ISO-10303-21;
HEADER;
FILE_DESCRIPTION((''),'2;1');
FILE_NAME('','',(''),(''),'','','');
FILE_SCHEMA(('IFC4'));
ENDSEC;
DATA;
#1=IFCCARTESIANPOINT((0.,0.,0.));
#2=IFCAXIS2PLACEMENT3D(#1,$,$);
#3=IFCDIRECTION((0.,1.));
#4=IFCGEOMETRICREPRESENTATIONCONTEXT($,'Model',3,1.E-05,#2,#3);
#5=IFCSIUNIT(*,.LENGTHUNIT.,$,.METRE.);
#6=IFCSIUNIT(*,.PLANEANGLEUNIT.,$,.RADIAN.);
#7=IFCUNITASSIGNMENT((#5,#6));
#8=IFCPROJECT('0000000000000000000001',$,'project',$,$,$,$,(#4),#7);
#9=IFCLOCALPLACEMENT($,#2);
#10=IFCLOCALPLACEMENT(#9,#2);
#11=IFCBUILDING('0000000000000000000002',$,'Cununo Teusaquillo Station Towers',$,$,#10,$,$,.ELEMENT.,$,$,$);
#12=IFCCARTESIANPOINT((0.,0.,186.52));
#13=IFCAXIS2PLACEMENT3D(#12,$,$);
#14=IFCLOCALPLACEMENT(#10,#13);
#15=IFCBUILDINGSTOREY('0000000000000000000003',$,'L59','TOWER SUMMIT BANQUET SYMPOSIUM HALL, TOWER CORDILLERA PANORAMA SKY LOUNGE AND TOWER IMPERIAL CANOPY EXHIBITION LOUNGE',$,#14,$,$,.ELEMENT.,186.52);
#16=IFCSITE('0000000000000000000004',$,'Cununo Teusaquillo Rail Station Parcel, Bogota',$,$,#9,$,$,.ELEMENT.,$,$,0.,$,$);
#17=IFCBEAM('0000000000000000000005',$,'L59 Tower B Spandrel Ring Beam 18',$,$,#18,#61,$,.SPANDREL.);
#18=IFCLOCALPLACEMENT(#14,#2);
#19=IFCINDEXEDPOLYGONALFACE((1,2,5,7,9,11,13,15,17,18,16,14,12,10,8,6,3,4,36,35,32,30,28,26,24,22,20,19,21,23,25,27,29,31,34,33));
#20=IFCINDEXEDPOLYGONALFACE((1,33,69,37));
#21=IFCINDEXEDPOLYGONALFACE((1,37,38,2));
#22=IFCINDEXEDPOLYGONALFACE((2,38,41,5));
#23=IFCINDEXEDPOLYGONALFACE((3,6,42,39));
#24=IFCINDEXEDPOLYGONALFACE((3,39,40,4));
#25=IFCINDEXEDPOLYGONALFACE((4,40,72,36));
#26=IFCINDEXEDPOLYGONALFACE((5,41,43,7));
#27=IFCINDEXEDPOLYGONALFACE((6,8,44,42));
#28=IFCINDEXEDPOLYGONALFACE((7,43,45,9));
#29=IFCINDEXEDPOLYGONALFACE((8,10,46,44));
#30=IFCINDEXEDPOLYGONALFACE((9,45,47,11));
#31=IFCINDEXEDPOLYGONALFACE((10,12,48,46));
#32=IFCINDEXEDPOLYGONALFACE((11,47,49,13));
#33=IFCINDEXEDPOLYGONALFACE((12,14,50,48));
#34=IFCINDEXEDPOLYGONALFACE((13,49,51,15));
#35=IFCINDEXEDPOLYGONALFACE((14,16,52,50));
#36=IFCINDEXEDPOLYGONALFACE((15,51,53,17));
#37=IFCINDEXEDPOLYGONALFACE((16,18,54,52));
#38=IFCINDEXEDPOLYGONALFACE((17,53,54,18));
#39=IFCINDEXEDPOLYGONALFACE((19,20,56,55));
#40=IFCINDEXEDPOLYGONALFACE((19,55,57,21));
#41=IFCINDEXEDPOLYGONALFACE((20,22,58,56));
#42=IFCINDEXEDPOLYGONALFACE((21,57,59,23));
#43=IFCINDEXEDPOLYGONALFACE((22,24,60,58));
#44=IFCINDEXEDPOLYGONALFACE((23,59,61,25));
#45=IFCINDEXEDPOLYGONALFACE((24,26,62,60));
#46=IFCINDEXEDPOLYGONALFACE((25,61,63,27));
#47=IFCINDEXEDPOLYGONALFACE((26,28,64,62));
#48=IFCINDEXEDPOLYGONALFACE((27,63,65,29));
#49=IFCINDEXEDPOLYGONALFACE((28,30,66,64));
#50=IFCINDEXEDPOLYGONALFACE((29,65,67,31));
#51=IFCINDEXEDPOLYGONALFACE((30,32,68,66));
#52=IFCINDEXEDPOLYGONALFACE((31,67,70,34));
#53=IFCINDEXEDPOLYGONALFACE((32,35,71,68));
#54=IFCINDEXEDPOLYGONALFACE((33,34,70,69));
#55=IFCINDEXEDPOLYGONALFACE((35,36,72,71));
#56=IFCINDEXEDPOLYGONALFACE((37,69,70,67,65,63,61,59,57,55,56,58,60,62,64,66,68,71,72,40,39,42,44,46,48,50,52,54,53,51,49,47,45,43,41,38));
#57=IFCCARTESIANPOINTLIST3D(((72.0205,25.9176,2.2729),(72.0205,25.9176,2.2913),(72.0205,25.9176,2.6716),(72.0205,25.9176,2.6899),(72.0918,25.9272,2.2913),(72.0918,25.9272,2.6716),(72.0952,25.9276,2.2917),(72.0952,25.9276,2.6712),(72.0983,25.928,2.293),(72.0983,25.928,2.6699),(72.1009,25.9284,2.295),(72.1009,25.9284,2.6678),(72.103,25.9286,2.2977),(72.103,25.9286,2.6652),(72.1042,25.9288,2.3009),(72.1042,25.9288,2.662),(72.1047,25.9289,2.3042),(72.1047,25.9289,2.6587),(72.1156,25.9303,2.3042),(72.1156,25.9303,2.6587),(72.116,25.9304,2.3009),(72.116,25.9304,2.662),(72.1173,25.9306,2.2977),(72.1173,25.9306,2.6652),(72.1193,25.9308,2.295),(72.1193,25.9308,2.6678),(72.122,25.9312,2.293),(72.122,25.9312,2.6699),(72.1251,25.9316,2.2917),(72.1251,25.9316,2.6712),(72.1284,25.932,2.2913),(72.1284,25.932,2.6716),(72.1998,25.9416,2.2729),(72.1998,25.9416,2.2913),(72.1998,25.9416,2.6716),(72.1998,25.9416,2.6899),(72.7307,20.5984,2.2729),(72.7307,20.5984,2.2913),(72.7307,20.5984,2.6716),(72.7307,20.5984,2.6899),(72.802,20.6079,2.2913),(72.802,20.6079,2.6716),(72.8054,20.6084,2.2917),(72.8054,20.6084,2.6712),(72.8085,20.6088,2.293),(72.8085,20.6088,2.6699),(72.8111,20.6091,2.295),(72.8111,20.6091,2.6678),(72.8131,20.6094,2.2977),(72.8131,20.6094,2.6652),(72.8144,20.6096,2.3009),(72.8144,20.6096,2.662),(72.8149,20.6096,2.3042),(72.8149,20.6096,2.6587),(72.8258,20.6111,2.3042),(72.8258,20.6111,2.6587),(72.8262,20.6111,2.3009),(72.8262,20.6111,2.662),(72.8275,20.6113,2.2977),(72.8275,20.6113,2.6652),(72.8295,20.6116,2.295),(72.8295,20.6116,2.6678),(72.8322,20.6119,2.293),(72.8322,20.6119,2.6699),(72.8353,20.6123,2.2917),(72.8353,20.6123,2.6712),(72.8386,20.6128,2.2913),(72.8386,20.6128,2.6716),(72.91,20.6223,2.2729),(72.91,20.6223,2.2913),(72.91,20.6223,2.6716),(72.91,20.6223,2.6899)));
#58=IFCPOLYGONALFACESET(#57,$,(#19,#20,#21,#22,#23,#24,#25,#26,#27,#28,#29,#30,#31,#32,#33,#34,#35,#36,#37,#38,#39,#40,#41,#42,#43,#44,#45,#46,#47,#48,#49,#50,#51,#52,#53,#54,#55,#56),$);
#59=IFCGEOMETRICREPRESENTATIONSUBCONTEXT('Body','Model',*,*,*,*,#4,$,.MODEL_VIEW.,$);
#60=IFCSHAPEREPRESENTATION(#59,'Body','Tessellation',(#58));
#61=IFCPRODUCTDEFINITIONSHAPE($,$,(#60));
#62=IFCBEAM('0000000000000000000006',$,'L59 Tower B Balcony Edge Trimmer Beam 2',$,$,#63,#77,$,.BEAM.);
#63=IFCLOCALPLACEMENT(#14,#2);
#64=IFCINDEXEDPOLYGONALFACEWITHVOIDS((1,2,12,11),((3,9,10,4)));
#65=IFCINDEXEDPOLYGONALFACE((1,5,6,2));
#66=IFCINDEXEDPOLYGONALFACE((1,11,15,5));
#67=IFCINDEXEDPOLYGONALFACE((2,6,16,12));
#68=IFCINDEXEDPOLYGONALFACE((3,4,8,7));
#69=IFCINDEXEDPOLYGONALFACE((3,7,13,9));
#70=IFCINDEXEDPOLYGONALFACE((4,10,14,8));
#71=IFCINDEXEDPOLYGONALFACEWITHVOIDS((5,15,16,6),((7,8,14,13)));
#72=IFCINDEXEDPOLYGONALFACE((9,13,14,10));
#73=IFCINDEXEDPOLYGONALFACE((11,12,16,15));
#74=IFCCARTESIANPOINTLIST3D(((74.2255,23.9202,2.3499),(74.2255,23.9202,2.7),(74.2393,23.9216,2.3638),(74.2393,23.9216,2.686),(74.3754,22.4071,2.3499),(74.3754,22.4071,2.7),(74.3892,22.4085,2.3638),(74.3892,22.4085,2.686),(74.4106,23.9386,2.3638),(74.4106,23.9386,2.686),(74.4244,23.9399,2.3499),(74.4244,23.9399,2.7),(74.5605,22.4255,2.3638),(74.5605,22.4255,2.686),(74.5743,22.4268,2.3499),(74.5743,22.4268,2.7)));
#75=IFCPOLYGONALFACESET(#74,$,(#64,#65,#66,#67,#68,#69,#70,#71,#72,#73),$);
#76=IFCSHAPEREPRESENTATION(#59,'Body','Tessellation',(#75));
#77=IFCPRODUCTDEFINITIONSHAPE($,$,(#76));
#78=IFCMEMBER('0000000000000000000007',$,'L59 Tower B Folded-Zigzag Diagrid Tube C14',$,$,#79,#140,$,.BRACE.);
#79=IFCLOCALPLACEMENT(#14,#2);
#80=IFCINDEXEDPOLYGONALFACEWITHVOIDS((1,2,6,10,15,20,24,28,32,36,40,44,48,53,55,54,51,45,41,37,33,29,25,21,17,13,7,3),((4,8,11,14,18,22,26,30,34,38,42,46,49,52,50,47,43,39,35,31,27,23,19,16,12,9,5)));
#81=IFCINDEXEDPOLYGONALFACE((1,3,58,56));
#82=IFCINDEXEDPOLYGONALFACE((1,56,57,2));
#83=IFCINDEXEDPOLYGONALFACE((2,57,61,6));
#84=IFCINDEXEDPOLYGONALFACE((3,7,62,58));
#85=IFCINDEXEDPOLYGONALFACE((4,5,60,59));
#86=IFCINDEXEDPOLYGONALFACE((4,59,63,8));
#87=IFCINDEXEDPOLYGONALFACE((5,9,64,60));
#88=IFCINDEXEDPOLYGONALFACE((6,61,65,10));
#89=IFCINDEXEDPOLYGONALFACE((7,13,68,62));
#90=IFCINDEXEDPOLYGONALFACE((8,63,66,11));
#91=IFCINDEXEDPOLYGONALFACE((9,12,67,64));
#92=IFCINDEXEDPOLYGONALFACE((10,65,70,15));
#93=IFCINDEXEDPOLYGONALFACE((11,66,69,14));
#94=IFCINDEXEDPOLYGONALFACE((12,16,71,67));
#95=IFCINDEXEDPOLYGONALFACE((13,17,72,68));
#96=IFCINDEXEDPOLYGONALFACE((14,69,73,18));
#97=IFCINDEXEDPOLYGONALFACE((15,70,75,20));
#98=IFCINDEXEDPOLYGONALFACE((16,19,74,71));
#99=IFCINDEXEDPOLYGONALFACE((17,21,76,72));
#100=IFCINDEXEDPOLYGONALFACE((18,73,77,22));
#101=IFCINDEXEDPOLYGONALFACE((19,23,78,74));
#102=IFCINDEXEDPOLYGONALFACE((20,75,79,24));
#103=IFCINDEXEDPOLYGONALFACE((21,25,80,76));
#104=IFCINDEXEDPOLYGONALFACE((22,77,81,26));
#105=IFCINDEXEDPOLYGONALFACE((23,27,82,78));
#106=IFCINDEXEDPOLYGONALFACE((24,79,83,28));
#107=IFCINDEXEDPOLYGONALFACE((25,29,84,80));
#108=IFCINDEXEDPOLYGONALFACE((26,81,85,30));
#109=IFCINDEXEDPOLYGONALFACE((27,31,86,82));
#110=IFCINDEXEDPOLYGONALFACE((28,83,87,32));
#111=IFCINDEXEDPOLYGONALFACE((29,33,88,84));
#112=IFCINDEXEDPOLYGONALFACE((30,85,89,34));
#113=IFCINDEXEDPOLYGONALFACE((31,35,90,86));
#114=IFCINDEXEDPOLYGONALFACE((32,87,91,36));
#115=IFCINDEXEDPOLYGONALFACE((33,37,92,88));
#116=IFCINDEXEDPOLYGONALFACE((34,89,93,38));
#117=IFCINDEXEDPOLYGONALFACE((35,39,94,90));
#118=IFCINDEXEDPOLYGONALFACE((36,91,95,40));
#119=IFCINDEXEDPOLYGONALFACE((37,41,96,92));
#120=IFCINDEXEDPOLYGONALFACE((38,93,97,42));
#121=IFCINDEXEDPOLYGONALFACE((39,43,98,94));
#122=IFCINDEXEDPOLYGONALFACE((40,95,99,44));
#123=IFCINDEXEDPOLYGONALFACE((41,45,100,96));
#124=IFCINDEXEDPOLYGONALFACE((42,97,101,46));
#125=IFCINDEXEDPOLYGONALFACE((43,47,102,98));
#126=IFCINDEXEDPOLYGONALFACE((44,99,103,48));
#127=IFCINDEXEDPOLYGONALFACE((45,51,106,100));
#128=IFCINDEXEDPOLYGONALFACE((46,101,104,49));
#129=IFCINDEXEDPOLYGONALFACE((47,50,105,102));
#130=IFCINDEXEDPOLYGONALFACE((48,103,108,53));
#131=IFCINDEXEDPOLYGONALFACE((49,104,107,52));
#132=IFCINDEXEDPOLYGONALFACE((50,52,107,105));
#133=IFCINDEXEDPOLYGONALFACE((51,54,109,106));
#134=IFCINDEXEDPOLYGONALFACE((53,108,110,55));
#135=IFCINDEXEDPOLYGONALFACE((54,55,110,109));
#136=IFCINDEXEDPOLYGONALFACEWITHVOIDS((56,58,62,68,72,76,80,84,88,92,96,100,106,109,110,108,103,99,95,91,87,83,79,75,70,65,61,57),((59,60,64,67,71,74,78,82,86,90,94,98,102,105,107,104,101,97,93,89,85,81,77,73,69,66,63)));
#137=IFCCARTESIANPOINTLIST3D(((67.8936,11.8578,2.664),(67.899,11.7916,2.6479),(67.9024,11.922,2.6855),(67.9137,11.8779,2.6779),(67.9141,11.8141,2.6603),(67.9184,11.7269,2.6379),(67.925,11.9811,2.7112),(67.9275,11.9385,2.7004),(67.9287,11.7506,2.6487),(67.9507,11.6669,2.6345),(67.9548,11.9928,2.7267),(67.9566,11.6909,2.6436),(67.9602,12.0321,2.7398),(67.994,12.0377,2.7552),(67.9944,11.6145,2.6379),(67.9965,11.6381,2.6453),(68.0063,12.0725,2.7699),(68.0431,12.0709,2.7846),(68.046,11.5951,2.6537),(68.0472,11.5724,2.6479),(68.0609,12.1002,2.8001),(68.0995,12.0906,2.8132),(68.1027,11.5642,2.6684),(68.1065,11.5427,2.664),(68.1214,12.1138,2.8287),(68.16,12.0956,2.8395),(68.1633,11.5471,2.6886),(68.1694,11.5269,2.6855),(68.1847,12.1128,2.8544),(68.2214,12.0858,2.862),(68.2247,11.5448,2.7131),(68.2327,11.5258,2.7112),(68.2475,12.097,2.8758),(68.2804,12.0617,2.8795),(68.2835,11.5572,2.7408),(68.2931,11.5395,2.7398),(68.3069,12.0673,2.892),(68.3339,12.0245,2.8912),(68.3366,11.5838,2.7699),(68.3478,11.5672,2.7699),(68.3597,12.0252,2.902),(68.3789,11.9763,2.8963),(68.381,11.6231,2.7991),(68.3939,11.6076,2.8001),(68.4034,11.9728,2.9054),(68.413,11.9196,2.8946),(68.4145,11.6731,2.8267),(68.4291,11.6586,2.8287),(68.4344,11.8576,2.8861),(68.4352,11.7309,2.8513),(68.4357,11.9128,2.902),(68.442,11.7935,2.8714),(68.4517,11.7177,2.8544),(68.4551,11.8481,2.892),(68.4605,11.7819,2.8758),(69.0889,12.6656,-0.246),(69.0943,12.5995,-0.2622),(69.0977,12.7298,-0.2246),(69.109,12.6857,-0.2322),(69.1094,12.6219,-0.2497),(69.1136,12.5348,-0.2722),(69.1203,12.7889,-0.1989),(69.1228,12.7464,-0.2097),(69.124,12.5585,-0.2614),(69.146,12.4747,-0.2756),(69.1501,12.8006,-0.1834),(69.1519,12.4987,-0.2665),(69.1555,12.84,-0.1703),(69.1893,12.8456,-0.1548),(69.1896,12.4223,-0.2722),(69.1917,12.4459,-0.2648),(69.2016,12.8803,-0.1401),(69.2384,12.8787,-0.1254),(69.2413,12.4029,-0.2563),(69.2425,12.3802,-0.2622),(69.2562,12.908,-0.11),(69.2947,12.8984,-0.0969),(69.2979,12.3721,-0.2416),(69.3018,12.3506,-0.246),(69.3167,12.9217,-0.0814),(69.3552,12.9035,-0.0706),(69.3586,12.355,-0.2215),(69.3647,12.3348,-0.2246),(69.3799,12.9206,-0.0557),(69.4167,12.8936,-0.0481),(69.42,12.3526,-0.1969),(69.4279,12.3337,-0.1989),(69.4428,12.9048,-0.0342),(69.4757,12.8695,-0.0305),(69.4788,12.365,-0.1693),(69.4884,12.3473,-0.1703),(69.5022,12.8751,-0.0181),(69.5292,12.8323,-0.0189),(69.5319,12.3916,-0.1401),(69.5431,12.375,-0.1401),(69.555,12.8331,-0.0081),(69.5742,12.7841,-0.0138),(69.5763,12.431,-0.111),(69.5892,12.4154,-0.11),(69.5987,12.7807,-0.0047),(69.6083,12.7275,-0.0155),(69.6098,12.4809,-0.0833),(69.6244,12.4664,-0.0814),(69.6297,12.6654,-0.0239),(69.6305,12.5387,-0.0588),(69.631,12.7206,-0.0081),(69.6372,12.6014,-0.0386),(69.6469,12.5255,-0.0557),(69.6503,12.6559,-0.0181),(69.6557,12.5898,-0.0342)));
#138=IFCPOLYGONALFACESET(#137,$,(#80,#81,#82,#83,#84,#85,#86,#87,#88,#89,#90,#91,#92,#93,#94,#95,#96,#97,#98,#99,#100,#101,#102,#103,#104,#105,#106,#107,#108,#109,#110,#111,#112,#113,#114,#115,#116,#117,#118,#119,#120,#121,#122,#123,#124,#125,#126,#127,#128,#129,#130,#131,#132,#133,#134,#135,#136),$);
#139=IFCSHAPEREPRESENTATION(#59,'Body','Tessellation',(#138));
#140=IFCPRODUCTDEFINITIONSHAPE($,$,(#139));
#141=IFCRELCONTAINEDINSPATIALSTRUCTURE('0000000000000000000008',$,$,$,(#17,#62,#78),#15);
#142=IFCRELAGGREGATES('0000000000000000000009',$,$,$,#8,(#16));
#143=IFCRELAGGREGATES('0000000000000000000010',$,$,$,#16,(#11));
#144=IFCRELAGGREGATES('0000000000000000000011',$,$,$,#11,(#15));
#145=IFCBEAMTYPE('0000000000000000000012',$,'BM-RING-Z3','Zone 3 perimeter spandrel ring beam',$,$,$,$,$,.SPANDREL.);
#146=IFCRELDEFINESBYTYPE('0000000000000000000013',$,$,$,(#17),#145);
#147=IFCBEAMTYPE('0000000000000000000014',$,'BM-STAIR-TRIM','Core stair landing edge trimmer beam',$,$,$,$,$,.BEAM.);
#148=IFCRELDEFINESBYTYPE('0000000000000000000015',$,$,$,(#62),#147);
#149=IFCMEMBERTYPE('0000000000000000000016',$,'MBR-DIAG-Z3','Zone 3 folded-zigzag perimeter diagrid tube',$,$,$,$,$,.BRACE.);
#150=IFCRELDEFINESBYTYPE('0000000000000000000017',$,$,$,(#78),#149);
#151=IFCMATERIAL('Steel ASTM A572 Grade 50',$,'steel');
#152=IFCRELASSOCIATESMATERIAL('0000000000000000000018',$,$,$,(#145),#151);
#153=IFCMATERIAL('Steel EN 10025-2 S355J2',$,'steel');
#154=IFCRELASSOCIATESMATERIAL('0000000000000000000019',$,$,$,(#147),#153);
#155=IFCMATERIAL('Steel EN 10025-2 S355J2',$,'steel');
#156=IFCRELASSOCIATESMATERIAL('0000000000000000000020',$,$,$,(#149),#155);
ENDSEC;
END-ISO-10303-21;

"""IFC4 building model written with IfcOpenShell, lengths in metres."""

from ifc_helpers import new_model, si_unit, direction, frame, origin, origin_2d, place, context, subcontext, project, spatial, hollow_rectangle, hollow_circle, i_section, extrude, material, material_profile, profile_set, type_object, element, save


model = new_model("IFC4")

# Units and contexts
model_context = context("Model", 3, precision=1e-05, world=origin(), true_north=direction((0.0, 1.0)))
body_context = subcontext(model_context, "Body", "Model", "MODEL_VIEW")
ifc_project = project(units=[si_unit("LENGTHUNIT", "METRE"), si_unit("PLANEANGLEUNIT", "RADIAN")], contexts=[model_context])

# Site, building, storey
site_placement = place(None, origin())
site = spatial("IfcSite", under=ifc_project, at=site_placement, Name="Cununo Teusaquillo Rail Station Parcel, Bogota", CompositionType="ELEMENT", RefElevation=0.0)
building_placement = place(site_placement, origin())
building = spatial("IfcBuilding", under=site, at=building_placement, Name="Cununo Teusaquillo Station Towers", CompositionType="ELEMENT")
storey_placement = place(building_placement, frame((0.0, 0.0, 186.52)))
storey = spatial("IfcBuildingStorey", under=building, at=storey_placement, Name="L59", Description="TOWER SUMMIT BANQUET SYMPOSIUM HALL, TOWER CORDILLERA PANORAMA SKY LOUNGE AND TOWER IMPERIAL CANOPY EXHIBITION LOUNGE", CompositionType="ELEMENT", Elevation=186.52)

# Beams
ifc_material_1 = material(Name="Steel ASTM A572 Grade 50", Category="steel")
ifc_material_profile_1 = material_profile(ifc_material_1, i_section(OverallWidth=0.1809, OverallDepth=0.417, WebThickness=0.011, FlangeThickness=0.0183, FilletRadius=0.0129, at=origin_2d()), Name="W16X57")
ifc_profile_set_1 = profile_set([ifc_material_profile_1], Name="Steel ASTM A572 Grade 50")
beam_type_1 = type_object("IfcBeamType", Name="BM-RING-Z3", Description="Zone 3 perimeter spandrel ring beam", PredefinedType="SPANDREL", material=ifc_profile_set_1)
beam_1_placement = place(storey_placement, frame((72.8203, 20.6104, 2.4814), z_axis=(-0.13234, 0.991204, 0.0), x_axis=(-0.991204, -0.13234, 0.0)))
element("IfcBeam", 1, at=beam_1_placement, inside=storey, type_object=beam_type_1, Name="L59 Tower B Spandrel Ring Beam 18", PredefinedType="SPANDREL", context=body_context, shape_type="SweptSolid", body=[
    extrude(i_section(OverallWidth=0.1809, OverallDepth=0.417, WebThickness=0.011, FlangeThickness=0.0183, FilletRadius=0.0129, at=origin_2d()), origin(), (0.0, 0.0, 1.0), 5.3665),
])
ifc_material_2 = material(Name="Steel EN 10025-2 S355J2", Category="steel")
ifc_material_profile_2 = material_profile(ifc_material_2, hollow_rectangle(XDim=0.2, YDim=0.3501, WallThickness=0.0139, at=origin_2d()), Name="RHS 350x200x14")
ifc_profile_set_2 = profile_set([ifc_material_profile_2], Name="Steel EN 10025-2 S355J2")
beam_type_2 = type_object("IfcBeamType", Name="BM-STAIR-TRIM", Description="Core stair landing edge trimmer beam", PredefinedType="BEAM", material=ifc_profile_set_2)
beam_2_placement = place(storey_placement, frame((74.4749, 22.417, 2.5249), z_axis=(-0.098582, 0.995129, 0.0), x_axis=(-0.995129, -0.098582, 0.0)))
element("IfcBeam", 2, at=beam_2_placement, inside=storey, type_object=beam_type_2, Name="L59 Tower B Balcony Edge Trimmer Beam 2", PredefinedType="BEAM", context=body_context, shape_type="SweptSolid", body=[
    extrude(hollow_rectangle(XDim=0.2, YDim=0.3501, WallThickness=0.0139, at=origin_2d()), origin(), (0.0, 0.0, 1.0), 1.5205),
])

# Member
ifc_material_3 = material(Name="Steel EN 10025-2 S355J2", Category="steel")
ifc_material_profile_3 = material_profile(ifc_material_3, hollow_circle(Radius=0.3049, WallThickness=0.02, at=origin_2d()), Name="CHS 610x20")
ifc_profile_set_3 = profile_set([ifc_material_profile_3], Name="Steel EN 10025-2 S355J2")
member_type = type_object("IfcMemberType", Name="MBR-DIAG-Z3", Description="Zone 3 folded-zigzag perimeter diagrid tube", PredefinedType="BRACE", material=ifc_profile_set_3)
member_1_placement = place(storey_placement, frame((69.3723, 12.6277, -0.1401), z_axis=(-0.367999, -0.248715, 0.895945), x_axis=(0.559961, -0.828519, 0.0)))
element("IfcMember", 3, at=member_1_placement, inside=storey, type_object=member_type, Name="L59 Tower B Folded-Zigzag Diagrid Tube C14", PredefinedType="BRACE", context=body_context, shape_type="SweptSolid", body=[
    extrude(hollow_circle(Radius=0.3049, WallThickness=0.02, at=origin_2d()), origin(), (0.0, 0.0, 1.0), 3.248),
])

save(model, "model.ifc")
